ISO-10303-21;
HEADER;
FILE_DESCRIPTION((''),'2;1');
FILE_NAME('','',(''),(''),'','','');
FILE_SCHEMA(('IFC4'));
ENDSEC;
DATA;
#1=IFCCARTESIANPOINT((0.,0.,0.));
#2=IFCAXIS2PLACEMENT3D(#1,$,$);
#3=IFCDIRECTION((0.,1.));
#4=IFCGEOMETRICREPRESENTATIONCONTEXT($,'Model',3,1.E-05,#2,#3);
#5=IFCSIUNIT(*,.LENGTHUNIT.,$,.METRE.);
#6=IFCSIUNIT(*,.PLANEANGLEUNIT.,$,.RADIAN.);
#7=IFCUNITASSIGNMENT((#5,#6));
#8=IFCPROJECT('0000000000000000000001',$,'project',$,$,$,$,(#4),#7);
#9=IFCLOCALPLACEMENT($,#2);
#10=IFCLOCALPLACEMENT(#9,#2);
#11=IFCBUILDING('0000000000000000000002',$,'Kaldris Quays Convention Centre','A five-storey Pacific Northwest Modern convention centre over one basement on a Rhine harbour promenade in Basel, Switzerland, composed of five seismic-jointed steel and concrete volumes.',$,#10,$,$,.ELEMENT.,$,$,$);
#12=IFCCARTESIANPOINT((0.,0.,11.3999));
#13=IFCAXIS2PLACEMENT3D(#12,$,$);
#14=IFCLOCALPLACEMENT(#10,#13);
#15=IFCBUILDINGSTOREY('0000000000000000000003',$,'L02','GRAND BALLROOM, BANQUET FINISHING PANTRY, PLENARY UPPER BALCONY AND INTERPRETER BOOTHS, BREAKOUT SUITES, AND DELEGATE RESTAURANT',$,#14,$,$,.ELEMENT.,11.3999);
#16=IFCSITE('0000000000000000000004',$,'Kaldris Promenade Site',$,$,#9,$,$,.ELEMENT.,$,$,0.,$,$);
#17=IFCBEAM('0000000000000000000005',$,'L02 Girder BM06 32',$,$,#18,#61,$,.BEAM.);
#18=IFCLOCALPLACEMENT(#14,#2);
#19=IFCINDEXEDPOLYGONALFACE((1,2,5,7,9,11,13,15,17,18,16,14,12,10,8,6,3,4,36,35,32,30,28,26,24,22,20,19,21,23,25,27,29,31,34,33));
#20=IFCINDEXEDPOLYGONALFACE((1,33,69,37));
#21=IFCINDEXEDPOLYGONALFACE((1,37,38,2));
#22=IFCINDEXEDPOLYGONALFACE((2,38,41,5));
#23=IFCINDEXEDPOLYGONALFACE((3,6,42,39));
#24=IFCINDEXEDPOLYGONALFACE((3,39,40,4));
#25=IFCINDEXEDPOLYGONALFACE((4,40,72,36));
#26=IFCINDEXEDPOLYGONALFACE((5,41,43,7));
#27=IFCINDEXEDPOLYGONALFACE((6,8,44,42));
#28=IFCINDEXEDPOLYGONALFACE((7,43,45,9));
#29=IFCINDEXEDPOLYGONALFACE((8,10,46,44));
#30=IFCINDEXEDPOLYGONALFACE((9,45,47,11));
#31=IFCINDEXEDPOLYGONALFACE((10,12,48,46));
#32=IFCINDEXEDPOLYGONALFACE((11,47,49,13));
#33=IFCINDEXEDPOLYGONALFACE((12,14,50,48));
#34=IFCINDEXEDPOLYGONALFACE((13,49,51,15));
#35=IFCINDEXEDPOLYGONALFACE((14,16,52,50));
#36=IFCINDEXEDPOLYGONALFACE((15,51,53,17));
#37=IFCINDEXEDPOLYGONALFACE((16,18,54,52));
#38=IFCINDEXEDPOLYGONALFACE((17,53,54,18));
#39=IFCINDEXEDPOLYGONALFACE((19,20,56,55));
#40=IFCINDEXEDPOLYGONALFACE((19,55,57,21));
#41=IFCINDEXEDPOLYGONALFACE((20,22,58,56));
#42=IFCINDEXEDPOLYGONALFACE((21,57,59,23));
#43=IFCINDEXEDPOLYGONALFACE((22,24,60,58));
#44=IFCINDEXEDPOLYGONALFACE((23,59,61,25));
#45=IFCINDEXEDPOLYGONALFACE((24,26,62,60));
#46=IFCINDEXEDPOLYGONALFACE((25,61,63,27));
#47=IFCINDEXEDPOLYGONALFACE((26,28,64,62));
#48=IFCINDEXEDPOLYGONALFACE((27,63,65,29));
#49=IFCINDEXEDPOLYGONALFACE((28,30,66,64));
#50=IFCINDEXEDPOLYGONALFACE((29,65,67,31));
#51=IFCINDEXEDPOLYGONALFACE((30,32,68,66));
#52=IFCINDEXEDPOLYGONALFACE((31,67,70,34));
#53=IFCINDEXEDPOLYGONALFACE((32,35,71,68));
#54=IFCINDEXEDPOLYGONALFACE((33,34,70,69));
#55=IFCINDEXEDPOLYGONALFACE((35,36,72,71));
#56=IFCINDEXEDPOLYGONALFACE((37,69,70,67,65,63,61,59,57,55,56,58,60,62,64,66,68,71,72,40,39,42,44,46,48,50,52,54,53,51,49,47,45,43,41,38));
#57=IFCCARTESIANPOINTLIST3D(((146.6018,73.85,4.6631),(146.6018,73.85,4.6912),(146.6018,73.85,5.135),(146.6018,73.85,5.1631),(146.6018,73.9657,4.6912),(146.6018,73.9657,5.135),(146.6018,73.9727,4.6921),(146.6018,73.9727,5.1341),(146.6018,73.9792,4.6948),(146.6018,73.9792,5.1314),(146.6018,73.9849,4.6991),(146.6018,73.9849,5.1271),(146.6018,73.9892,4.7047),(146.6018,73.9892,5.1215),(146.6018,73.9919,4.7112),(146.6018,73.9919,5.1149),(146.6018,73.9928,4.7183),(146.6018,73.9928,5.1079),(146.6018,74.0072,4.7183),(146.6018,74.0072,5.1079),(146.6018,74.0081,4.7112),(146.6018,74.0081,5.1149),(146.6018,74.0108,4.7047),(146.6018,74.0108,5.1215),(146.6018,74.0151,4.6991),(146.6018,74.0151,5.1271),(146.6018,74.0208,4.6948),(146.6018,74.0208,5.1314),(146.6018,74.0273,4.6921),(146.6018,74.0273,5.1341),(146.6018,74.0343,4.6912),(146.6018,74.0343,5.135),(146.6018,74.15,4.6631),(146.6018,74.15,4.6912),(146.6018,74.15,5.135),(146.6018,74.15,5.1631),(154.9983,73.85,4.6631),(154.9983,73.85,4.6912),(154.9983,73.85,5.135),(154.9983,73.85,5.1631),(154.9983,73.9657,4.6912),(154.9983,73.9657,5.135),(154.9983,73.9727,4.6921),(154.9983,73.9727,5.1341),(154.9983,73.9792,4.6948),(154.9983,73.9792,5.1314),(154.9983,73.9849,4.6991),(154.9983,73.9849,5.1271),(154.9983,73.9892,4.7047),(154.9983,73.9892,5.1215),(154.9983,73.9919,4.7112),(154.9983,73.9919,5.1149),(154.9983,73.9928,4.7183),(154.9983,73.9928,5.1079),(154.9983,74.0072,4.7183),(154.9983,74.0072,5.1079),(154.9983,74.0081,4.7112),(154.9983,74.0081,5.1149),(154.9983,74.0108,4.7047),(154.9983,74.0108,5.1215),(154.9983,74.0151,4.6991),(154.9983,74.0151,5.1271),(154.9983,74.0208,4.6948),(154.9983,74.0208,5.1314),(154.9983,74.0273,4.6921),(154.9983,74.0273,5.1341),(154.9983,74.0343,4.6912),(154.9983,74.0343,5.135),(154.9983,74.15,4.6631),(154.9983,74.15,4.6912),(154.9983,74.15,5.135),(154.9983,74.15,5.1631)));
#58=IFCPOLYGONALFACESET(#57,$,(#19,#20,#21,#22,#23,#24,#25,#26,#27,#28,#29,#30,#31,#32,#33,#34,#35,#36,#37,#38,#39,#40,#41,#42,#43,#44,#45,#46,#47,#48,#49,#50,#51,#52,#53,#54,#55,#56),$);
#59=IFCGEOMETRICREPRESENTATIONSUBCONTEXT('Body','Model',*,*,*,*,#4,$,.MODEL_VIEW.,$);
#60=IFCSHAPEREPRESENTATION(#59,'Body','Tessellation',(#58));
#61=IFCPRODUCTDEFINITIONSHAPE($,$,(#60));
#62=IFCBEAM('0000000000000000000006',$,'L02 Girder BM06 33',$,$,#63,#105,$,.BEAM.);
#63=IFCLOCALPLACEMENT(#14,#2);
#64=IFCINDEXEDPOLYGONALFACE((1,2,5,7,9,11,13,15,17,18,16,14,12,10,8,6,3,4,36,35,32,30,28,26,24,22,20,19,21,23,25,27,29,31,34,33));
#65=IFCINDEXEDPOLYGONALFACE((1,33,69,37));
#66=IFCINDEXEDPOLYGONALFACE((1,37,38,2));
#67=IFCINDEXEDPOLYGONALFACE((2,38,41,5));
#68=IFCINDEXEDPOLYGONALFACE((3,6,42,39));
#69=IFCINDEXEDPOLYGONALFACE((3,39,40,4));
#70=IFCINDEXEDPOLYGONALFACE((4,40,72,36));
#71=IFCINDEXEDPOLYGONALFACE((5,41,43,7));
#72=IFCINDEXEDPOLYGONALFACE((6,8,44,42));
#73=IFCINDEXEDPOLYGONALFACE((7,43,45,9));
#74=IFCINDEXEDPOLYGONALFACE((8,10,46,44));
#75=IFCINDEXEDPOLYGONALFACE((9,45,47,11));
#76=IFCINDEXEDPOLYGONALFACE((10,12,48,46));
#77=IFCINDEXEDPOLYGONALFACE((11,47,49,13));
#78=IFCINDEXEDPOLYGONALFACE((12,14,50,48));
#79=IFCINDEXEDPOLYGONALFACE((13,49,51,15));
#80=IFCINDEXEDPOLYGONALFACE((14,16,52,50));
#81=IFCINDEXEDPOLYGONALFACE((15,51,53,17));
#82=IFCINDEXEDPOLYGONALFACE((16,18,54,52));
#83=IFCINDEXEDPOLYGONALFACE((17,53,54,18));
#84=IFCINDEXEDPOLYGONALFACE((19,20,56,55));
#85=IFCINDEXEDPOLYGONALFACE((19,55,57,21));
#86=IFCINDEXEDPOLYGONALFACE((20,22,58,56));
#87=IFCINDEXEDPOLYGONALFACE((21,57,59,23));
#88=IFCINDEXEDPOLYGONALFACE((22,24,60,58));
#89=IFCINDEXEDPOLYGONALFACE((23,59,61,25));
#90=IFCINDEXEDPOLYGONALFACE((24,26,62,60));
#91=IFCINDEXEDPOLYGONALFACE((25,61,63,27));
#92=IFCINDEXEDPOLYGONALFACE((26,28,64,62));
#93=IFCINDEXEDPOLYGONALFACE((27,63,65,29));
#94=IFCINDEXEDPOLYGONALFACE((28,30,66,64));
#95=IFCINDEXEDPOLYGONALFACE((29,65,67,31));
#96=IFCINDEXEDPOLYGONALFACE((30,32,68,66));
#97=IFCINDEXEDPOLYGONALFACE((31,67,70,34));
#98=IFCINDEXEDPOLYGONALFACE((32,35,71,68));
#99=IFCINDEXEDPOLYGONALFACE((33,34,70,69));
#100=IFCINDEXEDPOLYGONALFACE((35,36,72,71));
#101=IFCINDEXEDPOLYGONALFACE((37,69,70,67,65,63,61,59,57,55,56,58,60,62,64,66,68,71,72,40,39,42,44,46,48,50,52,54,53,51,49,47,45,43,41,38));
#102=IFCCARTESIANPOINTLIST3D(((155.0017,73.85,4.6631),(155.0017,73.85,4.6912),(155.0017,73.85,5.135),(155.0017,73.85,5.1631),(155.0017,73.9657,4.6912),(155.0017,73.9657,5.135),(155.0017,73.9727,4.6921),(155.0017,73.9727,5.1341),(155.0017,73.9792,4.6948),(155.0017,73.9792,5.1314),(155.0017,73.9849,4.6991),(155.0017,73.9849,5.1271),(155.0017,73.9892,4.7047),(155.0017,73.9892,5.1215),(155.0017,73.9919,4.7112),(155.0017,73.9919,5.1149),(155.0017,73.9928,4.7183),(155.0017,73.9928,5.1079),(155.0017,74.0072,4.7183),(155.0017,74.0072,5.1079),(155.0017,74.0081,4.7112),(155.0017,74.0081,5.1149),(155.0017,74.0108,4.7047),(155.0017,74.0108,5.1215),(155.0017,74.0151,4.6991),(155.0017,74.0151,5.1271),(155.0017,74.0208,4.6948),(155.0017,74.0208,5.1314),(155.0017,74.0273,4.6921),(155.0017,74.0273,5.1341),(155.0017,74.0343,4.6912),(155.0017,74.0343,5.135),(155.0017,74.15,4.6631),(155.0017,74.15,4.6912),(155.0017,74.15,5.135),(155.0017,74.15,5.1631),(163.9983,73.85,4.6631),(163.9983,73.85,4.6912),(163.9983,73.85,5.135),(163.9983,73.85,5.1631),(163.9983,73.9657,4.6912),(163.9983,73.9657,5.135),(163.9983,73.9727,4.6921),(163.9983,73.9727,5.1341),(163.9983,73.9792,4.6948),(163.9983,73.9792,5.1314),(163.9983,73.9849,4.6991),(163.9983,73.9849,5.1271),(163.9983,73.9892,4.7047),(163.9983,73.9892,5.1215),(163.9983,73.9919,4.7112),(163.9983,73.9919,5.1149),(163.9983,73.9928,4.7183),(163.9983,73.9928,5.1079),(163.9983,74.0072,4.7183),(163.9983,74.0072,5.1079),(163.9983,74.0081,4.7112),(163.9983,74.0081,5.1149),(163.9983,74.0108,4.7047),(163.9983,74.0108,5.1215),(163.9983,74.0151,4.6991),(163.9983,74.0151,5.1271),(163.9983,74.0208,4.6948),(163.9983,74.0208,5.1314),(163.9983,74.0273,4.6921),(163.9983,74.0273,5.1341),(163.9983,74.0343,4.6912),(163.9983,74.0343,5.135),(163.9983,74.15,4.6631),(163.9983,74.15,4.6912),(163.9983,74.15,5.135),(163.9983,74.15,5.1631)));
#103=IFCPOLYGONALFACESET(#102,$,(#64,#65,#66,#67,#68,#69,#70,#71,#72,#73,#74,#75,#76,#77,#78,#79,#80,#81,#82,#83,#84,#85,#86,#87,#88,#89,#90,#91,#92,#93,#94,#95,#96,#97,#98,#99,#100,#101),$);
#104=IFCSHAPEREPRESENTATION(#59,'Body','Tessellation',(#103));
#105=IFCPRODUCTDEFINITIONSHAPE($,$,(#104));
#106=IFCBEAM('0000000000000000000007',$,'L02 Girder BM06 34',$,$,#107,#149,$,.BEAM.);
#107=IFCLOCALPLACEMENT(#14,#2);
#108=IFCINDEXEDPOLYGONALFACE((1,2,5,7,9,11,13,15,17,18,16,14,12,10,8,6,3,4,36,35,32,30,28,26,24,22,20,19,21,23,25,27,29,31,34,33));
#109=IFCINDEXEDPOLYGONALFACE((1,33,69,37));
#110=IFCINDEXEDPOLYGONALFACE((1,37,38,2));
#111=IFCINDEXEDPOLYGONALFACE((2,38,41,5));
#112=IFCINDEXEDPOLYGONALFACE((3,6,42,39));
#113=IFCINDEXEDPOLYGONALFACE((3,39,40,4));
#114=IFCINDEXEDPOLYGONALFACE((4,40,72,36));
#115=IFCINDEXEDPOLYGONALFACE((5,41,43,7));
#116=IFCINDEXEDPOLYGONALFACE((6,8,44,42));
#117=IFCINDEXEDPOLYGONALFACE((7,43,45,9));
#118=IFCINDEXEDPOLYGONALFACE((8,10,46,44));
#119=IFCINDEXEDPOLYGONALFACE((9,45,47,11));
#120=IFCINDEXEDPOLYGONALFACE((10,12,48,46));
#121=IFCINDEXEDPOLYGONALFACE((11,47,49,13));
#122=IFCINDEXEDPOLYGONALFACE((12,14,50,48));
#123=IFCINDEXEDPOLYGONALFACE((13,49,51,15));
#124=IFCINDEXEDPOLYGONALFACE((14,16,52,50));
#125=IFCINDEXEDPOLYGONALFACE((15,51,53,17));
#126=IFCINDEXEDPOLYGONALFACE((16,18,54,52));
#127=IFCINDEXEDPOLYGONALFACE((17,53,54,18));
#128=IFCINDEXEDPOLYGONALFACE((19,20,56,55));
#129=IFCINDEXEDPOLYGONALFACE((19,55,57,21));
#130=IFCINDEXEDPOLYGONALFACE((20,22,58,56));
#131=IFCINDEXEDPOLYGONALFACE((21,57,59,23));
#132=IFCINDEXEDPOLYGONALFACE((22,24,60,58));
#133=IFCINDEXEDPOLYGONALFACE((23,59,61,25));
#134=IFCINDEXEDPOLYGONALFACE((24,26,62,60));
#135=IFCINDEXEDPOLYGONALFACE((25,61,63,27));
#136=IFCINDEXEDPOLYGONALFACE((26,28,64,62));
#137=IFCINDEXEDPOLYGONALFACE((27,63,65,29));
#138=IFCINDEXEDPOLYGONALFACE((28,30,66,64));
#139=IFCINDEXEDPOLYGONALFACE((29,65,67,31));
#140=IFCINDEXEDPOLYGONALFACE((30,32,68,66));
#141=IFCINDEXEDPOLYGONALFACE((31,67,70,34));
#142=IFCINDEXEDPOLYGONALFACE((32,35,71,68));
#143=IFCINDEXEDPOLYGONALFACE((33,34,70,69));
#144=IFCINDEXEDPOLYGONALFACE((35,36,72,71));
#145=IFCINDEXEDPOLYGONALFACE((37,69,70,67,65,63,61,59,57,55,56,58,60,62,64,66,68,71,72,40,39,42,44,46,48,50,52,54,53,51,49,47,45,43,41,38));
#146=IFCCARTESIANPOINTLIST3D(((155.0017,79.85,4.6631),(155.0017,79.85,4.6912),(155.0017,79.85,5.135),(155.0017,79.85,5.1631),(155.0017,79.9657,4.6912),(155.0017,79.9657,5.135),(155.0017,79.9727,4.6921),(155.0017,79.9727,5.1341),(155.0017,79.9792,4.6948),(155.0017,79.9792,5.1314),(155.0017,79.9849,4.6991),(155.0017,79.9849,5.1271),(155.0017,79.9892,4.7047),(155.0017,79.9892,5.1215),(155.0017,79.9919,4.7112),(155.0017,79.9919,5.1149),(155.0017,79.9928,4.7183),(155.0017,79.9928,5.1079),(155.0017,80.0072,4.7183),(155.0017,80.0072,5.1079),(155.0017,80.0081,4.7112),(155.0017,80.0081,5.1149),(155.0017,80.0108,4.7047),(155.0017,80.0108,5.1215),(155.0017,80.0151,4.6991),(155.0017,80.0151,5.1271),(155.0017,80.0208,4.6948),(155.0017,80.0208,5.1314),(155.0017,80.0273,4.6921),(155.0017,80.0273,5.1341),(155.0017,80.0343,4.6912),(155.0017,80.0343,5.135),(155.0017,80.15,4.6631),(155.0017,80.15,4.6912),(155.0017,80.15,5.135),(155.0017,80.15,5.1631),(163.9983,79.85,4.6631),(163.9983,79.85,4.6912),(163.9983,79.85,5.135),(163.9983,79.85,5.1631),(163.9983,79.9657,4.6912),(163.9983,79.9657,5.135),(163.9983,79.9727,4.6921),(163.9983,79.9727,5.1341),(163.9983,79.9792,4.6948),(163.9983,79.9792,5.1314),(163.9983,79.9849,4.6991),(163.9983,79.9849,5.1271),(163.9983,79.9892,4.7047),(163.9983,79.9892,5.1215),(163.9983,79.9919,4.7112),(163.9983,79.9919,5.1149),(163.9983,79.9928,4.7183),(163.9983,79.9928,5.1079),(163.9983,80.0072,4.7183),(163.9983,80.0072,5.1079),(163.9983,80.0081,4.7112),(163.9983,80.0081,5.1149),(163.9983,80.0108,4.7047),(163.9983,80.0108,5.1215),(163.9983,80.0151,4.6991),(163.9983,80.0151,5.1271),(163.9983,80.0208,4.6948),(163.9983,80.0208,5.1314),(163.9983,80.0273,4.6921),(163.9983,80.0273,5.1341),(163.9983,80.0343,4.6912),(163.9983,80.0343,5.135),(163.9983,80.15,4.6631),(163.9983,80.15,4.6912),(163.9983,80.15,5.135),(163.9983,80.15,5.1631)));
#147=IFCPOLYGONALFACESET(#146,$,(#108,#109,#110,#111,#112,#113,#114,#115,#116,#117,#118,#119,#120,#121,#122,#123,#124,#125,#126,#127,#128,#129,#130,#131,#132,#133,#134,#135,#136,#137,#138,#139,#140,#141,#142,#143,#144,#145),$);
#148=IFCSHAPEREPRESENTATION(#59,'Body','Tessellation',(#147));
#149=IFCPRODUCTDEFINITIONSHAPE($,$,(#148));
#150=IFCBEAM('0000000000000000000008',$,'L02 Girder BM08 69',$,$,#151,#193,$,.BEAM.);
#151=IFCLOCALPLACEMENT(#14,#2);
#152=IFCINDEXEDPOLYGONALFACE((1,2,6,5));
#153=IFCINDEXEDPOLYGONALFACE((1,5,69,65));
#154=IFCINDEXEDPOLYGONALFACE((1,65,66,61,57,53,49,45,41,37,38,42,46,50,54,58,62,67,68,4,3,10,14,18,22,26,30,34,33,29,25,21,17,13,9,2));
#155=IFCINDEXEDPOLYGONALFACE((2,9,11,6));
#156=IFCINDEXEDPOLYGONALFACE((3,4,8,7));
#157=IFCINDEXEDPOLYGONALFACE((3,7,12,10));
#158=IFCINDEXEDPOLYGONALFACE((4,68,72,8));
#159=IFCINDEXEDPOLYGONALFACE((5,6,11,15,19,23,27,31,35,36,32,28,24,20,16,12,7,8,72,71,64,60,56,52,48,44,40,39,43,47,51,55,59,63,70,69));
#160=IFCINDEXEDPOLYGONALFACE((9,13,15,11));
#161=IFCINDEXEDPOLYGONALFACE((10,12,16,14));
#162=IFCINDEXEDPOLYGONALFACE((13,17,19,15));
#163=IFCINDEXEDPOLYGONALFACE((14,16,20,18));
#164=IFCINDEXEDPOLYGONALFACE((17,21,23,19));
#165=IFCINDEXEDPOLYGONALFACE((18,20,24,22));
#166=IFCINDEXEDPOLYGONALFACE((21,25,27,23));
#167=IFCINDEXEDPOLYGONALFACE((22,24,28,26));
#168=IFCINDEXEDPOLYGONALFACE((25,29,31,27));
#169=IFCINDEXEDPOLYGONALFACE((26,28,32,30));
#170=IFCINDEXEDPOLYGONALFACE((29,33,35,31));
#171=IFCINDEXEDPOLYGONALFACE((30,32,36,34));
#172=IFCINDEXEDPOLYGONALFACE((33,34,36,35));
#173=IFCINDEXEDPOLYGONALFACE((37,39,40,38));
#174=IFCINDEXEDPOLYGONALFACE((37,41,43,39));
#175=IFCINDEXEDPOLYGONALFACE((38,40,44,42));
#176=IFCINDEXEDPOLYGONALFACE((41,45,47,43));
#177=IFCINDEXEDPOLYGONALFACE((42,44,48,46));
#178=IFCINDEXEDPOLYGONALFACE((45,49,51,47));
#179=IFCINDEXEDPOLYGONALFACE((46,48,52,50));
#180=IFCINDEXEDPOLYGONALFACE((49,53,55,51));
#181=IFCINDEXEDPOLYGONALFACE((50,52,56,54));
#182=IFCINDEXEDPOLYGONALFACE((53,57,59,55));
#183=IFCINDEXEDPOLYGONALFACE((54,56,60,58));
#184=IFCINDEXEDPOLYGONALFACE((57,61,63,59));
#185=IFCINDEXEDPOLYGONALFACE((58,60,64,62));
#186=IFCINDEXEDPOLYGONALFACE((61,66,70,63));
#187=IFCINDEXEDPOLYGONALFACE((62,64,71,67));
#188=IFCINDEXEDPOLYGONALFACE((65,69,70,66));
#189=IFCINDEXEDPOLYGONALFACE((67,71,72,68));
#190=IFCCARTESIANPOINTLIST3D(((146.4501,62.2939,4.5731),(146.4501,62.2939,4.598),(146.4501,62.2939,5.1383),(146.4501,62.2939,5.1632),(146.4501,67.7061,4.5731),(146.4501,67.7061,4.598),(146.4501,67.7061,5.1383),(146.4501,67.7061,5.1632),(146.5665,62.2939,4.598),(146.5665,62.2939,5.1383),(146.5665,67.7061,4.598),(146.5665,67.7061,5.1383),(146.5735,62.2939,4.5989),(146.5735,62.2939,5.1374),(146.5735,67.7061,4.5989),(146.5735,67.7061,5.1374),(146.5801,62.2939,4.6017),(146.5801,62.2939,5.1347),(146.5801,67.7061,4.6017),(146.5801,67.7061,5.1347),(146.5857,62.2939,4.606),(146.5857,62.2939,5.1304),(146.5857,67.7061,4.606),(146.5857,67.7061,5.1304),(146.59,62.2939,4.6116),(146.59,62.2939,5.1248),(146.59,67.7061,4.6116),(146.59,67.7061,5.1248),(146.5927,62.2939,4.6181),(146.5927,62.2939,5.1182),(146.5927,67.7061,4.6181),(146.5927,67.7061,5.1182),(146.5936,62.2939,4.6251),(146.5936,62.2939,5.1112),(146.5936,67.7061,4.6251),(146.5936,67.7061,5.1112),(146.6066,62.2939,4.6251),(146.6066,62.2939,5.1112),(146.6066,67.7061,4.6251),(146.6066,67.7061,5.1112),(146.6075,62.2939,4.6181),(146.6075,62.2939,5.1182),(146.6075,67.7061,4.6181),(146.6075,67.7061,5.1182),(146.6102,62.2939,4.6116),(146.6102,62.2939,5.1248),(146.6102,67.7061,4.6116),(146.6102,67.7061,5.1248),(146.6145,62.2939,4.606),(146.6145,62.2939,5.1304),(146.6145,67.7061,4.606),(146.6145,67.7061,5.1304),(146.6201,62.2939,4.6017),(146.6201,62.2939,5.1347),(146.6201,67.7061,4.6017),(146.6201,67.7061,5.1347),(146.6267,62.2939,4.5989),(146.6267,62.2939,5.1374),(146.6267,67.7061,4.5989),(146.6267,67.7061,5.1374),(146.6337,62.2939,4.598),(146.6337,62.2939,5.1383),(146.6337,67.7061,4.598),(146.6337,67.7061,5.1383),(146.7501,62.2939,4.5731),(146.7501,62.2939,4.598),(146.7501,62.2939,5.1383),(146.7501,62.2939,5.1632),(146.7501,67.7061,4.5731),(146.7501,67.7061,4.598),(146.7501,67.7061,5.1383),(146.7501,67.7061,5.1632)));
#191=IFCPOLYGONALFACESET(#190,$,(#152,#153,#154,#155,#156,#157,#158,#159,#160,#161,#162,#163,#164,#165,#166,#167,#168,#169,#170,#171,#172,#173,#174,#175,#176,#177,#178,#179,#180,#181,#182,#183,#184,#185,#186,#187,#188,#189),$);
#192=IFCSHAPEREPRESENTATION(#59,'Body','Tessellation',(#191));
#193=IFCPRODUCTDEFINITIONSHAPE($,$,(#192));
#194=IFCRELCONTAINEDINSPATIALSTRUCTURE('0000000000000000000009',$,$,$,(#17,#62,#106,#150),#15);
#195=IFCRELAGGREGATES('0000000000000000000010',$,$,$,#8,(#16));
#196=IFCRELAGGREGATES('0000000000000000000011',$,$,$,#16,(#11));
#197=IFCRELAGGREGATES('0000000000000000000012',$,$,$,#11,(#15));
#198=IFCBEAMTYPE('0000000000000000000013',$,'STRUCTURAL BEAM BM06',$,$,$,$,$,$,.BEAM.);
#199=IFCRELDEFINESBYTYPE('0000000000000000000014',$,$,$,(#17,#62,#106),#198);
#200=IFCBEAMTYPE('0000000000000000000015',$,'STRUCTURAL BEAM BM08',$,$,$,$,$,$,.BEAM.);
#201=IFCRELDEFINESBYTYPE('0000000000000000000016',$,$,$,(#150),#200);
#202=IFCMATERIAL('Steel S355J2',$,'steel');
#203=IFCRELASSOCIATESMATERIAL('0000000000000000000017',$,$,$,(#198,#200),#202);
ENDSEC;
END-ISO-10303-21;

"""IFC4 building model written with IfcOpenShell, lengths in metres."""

from ifc_helpers import new_model, si_unit, direction, frame, origin, origin_2d, place, context, subcontext, project, spatial, i_section, extrude, material, material_profile, profile_set, type_object, element, save


model = new_model("IFC4")

# Units and contexts
model_context = context("Model", 3, precision=1e-05, world=origin(), true_north=direction((0.0, 1.0)))
body_context = subcontext(model_context, "Body", "Model", "MODEL_VIEW")
ifc_project = project(units=[si_unit("LENGTHUNIT", "METRE"), si_unit("PLANEANGLEUNIT", "RADIAN")], contexts=[model_context])

# Site, building, storey
site_placement = place(None, origin())
site = spatial("IfcSite", under=ifc_project, at=site_placement, Name="Kaldris Promenade Site", CompositionType="ELEMENT", RefElevation=0.0)
building_placement = place(site_placement, origin())
building = spatial("IfcBuilding", under=site, at=building_placement, Name="Kaldris Quays Convention Centre", Description="A five-storey Pacific Northwest Modern convention centre over one basement on a Rhine harbour promenade in Basel, Switzerland, composed of five seismic-jointed steel and concrete volumes.", CompositionType="ELEMENT")
storey_placement = place(building_placement, frame((0.0, 0.0, 11.3999)))
storey = spatial("IfcBuildingStorey", under=building, at=storey_placement, Name="L02", Description="GRAND BALLROOM, BANQUET FINISHING PANTRY, PLENARY UPPER BALCONY AND INTERPRETER BOOTHS, BREAKOUT SUITES, AND DELEGATE RESTAURANT", CompositionType="ELEMENT", Elevation=11.3999)

# Beams
ifc_material_1 = material(Name="Steel S355J2", Category="steel")
ifc_material_profile_1 = material_profile(ifc_material_1, i_section(OverallWidth=0.3, OverallDepth=0.5, WebThickness=0.0144, FlangeThickness=0.0281, FilletRadius=0.0271, at=origin_2d()), Name="HEB 500")
ifc_profile_set_1 = profile_set([ifc_material_profile_1], Name="Steel S355J2")
beam_type_1 = type_object("IfcBeamType", Name="STRUCTURAL BEAM BM06", PredefinedType="BEAM", material=ifc_profile_set_1)
beam_1_placement = place(storey_placement, frame((146.6018, 74.0, 4.9131), z_axis=(1.0, 0.0, 0.0), x_axis=(0.0, 1.0, 0.0)))
element("IfcBeam", 1, at=beam_1_placement, inside=storey, type_object=beam_type_1, Name="L02 Girder BM06 32", PredefinedType="BEAM", context=body_context, shape_type="SweptSolid", body=[
    extrude(i_section(OverallWidth=0.3, OverallDepth=0.5, WebThickness=0.0144, FlangeThickness=0.0281, FilletRadius=0.0271, at=origin_2d()), origin(), (0.0, 0.0, 1.0), 8.3965),
])
for number, where, z_axis, x_axis, name in (
    (2, (155.0017, 74.0, 4.9131), (1.0, 0.0, 0.0), (0.0, 1.0, 0.0), "L02 Girder BM06 33"),
    (3, (155.0017, 80.0, 4.9131), (1.0, 0.0, 0.0), (0.0, 1.0, 0.0), "L02 Girder BM06 34"),
):
    element("IfcBeam", number, at=place(storey_placement, frame(where, z_axis=z_axis, x_axis=x_axis)), inside=storey, type_object=beam_type_1, Name=name, PredefinedType="BEAM", context=body_context, shape_type="SweptSolid", body=[
        extrude(i_section(OverallWidth=0.3, OverallDepth=0.5, WebThickness=0.0144, FlangeThickness=0.0281, FilletRadius=0.0271, at=origin_2d()), origin(), (0.0, 0.0, 1.0), 8.9966),
    ])
ifc_material_profile_2 = material_profile(ifc_material_1, i_section(OverallWidth=0.3, OverallDepth=0.5901, WebThickness=0.0129, FlangeThickness=0.0249, FilletRadius=0.0271, at=origin_2d()), Name="HEA 600")
ifc_profile_set_2 = profile_set([ifc_material_profile_2], Name="Steel S355J2")
beam_type_2 = type_object("IfcBeamType", Name="STRUCTURAL BEAM BM08", PredefinedType="BEAM", material=ifc_profile_set_2)
for number, where, z_axis, x_axis, name in (
    (4, (146.6001, 62.2939, 4.8682), (0.0, 1.0, 0.0), (-1.0, 0.0, 0.0), "L02 Girder BM08 69"),
):
    element("IfcBeam", number, at=place(storey_placement, frame(where, z_axis=z_axis, x_axis=x_axis)), inside=storey, type_object=beam_type_2, Name=name, PredefinedType="BEAM", context=body_context, shape_type="SweptSolid", body=[
        extrude(i_section(OverallWidth=0.3, OverallDepth=0.5901, WebThickness=0.0129, FlangeThickness=0.0249, FilletRadius=0.0271, at=origin_2d()), origin(), (0.0, 0.0, 1.0), 5.4121),
    ])

save(model, "model.ifc")
